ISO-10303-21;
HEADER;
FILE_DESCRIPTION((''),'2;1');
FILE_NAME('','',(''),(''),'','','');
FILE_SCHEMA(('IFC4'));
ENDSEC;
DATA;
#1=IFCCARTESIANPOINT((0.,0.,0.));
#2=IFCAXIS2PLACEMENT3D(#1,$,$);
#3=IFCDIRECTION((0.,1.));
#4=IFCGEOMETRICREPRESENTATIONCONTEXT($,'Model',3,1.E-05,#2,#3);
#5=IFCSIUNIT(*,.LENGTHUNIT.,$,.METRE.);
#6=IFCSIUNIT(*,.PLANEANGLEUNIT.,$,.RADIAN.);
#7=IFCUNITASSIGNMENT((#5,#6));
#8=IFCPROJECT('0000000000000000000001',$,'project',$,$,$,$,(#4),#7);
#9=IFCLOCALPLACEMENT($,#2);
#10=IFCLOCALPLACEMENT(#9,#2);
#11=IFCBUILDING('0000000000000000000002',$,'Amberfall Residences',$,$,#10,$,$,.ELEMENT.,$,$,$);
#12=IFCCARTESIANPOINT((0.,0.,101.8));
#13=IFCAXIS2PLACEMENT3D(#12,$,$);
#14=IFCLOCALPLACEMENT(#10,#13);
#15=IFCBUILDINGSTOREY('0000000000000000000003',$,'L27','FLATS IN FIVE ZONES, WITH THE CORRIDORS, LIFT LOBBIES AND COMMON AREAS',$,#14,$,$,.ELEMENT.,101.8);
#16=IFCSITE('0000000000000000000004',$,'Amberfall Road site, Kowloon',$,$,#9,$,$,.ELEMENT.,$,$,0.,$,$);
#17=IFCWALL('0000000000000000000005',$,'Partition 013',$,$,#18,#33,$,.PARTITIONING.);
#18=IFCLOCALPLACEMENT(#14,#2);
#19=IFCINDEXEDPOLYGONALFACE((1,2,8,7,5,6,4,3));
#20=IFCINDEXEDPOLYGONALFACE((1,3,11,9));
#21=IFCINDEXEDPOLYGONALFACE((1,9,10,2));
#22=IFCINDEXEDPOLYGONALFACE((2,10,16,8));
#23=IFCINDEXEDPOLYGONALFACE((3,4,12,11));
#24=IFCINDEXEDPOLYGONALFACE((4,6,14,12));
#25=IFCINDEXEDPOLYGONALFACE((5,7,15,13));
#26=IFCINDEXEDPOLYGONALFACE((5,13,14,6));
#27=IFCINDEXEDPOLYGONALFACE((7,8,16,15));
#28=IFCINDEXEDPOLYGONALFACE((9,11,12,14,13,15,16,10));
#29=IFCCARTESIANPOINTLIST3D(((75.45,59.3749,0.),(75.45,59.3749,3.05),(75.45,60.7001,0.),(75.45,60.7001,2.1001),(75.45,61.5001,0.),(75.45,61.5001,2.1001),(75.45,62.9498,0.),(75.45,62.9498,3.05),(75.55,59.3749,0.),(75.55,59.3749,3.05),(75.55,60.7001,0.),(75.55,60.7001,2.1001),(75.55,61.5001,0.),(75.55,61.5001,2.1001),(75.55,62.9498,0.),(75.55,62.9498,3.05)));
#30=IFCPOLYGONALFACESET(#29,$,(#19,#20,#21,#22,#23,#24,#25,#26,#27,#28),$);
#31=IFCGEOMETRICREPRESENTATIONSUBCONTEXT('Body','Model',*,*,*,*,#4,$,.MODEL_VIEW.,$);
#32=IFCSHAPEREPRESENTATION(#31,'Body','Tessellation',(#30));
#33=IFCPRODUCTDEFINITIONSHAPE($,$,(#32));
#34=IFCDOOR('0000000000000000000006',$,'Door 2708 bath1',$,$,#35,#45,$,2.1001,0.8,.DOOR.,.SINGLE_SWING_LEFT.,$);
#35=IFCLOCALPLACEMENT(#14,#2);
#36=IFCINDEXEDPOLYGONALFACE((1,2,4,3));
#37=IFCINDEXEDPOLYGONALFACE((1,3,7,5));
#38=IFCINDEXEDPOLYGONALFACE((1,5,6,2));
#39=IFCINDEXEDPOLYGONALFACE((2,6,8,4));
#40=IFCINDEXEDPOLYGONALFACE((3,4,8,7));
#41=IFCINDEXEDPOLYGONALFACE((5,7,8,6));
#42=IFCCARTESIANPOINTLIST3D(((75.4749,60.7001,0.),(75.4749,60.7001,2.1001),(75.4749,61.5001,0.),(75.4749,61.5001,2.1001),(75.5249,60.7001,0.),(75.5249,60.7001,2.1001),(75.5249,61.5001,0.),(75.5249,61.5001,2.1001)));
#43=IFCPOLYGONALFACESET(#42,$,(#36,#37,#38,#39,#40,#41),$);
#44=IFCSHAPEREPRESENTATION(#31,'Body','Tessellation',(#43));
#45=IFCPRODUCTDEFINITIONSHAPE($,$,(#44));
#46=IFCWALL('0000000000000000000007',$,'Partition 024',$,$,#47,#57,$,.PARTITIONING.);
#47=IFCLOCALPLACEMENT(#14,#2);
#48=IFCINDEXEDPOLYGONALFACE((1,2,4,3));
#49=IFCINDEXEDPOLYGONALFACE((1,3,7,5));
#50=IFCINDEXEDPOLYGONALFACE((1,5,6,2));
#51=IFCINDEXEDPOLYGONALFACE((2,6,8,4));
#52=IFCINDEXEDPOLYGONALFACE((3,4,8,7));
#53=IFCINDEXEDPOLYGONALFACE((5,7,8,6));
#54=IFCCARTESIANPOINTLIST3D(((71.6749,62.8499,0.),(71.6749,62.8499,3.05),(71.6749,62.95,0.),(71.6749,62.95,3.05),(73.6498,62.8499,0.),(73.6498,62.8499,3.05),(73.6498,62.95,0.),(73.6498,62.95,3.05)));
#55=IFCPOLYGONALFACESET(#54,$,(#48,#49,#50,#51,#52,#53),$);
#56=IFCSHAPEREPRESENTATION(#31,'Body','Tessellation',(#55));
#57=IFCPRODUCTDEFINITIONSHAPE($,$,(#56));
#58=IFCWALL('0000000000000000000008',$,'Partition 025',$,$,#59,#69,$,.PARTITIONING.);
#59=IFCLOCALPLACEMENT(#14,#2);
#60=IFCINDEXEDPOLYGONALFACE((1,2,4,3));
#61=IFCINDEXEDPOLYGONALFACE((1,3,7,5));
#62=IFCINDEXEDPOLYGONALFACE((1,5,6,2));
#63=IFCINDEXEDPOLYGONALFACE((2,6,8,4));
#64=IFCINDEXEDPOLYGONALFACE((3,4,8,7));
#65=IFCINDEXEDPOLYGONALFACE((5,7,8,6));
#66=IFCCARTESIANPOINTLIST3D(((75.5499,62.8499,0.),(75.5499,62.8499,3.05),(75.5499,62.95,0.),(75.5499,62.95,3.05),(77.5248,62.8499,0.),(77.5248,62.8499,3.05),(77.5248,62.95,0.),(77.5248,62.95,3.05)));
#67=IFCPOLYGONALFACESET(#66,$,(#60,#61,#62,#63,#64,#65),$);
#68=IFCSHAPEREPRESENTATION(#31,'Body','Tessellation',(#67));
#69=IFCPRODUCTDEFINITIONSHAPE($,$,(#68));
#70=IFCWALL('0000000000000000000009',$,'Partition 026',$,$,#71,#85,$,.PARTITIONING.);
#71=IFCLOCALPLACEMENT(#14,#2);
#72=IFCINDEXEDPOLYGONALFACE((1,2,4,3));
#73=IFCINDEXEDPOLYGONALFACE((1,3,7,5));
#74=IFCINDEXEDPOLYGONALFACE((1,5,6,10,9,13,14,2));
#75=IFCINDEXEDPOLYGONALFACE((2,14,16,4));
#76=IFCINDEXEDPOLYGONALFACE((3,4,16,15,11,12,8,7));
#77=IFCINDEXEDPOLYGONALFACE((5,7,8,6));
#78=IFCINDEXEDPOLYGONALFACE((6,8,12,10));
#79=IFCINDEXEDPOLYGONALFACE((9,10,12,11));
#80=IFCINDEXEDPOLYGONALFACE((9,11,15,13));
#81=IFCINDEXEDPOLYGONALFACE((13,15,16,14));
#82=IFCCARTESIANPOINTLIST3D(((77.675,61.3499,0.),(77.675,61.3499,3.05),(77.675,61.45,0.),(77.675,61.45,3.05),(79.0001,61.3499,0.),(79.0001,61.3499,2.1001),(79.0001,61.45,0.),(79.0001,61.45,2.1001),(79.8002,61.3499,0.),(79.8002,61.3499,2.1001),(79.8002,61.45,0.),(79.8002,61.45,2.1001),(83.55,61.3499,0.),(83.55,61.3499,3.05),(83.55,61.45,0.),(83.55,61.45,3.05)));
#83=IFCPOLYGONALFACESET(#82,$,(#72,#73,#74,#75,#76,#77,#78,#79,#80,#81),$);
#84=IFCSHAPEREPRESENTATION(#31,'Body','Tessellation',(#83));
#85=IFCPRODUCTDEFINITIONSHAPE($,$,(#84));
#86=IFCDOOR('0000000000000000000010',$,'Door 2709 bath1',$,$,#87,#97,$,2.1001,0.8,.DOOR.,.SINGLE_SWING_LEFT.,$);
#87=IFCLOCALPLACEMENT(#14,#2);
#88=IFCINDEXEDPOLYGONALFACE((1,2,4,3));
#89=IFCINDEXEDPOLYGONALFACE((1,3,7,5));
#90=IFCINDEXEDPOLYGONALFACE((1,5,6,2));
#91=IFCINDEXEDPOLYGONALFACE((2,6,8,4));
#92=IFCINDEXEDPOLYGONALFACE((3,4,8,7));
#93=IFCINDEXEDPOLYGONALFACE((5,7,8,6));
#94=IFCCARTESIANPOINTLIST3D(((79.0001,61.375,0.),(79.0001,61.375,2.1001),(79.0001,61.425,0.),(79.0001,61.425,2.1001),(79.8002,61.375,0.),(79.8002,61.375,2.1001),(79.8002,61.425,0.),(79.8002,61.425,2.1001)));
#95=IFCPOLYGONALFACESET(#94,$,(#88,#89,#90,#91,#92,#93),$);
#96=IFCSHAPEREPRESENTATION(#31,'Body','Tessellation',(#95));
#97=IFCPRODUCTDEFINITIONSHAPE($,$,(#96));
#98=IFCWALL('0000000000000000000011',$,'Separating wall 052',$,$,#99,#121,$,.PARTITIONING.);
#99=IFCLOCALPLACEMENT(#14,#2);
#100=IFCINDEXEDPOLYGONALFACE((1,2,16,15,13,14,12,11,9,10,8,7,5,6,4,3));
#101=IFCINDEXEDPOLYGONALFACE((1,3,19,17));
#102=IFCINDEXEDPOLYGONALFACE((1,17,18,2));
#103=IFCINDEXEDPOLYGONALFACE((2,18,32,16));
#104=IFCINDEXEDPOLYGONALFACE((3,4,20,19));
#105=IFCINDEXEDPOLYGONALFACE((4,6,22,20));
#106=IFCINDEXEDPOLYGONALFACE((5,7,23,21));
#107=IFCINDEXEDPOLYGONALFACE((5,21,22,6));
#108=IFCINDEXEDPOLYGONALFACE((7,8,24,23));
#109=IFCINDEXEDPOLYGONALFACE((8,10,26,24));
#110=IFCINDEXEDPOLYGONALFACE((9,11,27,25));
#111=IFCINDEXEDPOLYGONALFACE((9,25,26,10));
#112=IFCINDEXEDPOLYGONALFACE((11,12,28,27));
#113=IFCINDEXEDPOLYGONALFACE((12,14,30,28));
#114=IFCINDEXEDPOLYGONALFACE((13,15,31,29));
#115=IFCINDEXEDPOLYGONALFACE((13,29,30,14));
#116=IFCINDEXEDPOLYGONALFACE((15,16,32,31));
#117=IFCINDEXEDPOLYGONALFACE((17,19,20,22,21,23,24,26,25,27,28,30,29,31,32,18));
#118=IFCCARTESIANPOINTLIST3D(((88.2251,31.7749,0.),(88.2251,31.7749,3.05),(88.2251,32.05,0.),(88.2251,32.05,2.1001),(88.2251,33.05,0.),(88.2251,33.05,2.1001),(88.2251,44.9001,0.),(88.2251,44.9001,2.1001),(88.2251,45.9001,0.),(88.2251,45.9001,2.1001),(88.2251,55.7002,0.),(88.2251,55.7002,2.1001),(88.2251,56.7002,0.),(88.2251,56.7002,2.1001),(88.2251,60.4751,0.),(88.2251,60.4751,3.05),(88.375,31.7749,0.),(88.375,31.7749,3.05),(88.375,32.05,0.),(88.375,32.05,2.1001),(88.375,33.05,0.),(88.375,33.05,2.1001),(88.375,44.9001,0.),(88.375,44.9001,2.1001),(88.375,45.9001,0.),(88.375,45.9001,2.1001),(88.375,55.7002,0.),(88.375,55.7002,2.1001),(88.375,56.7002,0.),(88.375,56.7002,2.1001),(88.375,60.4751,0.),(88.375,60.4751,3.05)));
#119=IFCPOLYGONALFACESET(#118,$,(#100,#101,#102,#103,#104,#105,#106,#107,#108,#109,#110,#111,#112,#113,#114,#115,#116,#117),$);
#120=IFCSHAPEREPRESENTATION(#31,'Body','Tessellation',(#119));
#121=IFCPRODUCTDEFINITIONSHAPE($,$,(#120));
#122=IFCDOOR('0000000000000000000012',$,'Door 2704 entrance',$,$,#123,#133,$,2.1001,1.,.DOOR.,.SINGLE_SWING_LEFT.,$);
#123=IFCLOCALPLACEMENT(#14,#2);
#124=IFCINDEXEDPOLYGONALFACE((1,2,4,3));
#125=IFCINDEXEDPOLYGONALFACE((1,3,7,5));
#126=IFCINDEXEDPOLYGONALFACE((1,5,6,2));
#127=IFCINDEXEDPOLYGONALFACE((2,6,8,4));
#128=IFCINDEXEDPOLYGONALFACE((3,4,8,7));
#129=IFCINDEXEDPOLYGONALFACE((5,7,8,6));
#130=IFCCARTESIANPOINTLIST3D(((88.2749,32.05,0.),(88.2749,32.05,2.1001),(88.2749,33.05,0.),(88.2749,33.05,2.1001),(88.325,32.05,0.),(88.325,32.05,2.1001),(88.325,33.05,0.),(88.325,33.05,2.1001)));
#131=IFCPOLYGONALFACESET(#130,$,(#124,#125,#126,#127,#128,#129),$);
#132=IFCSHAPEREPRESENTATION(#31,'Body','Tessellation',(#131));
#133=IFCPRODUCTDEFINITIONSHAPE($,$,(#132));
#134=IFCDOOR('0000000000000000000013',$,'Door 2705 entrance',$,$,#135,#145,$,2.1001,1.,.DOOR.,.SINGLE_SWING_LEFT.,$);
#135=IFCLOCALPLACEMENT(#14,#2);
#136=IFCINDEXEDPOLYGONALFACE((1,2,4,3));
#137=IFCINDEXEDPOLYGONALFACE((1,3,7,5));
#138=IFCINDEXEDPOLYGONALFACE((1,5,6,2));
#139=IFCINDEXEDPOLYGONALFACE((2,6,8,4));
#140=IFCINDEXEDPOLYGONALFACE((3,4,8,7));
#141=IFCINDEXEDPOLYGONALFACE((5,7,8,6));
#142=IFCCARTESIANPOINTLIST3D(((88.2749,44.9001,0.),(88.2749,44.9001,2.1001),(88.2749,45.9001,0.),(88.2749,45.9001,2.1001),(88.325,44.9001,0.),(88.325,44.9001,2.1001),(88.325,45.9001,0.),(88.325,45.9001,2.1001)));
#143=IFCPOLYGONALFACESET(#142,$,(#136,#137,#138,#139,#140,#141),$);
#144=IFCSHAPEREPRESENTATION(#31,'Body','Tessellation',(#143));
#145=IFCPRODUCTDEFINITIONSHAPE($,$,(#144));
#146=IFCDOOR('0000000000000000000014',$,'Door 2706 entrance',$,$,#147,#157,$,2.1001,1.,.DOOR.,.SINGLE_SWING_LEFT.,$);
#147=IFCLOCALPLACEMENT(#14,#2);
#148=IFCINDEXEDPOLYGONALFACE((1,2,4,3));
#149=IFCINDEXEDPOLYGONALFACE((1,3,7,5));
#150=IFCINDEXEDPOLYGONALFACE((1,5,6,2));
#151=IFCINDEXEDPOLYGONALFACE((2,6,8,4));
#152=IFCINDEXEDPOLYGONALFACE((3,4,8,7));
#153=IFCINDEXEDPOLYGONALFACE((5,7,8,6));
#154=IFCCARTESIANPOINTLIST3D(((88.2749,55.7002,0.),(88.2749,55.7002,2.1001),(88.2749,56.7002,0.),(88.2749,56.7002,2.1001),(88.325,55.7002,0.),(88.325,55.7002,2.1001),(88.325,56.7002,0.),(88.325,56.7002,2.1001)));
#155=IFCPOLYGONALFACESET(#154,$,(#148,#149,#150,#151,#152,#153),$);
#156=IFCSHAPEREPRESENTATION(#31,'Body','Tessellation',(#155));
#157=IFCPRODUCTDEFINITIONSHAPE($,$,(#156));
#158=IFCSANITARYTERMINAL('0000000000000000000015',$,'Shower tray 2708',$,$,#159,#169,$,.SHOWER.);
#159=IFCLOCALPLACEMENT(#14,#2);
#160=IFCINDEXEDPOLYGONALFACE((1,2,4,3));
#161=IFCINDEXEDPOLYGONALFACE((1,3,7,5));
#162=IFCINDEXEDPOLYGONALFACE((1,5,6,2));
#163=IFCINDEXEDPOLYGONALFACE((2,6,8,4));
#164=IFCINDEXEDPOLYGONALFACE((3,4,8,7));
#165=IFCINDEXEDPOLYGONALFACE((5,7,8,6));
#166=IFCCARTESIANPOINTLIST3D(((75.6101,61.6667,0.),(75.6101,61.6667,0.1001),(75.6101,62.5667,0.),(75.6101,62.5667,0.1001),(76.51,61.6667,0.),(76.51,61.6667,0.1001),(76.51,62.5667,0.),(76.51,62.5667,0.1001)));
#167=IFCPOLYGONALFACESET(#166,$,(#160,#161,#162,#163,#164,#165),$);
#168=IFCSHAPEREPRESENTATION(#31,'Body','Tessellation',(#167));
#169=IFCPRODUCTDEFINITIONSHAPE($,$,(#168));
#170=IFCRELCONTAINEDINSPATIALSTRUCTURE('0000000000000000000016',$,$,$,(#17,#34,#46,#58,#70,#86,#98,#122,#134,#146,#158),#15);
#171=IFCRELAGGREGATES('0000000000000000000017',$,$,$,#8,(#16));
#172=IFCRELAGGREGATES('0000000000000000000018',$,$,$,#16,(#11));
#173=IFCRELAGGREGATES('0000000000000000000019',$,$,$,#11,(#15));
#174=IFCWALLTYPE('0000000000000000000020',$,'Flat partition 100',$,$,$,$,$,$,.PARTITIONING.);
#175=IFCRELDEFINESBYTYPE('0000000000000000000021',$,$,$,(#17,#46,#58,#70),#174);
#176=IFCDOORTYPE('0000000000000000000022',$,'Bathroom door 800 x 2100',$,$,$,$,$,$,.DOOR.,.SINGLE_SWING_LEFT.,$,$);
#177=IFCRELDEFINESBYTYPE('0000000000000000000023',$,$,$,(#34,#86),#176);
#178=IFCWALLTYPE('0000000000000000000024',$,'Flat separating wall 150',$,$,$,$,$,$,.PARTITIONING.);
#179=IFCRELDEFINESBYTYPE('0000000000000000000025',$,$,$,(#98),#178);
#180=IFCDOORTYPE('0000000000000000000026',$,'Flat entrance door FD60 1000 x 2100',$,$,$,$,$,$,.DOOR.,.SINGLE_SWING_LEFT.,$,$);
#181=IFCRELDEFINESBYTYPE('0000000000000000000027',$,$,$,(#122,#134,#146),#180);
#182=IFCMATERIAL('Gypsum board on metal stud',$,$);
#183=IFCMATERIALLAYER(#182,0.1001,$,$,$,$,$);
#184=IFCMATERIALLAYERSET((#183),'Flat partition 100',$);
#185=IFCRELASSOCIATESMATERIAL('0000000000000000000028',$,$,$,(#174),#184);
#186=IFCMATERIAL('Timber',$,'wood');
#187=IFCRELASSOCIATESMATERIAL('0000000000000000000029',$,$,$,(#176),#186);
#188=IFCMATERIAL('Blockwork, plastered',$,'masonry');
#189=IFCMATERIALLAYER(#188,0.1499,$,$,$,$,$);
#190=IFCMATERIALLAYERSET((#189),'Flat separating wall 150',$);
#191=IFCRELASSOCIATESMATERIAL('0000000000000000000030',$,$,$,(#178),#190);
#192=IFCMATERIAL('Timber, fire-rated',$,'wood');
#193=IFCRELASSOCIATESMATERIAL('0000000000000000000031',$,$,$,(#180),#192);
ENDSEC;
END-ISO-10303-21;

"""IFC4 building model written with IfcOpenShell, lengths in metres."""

from ifc_helpers import new_model, si_unit, direction, frame, frame_2d, origin, origin_2d, place, context, subcontext, project, spatial, rectangle, extrude, material, layer, layer_set, type_object, element, fill, save


model = new_model("IFC4")

# Units and contexts
model_context = context("Model", 3, precision=1e-05, world=origin(), true_north=direction((0.0, 1.0)))
body_context = subcontext(model_context, "Body", "Model", "MODEL_VIEW")
ifc_project = project(units=[si_unit("LENGTHUNIT", "METRE"), si_unit("PLANEANGLEUNIT", "RADIAN")], contexts=[model_context])

# Site, building, storey
site_placement = place(None, origin())
site = spatial("IfcSite", under=ifc_project, at=site_placement, Name="Amberfall Road site, Kowloon", CompositionType="ELEMENT", RefElevation=0.0)
building_placement = place(site_placement, origin())
building = spatial("IfcBuilding", under=site, at=building_placement, Name="Amberfall Residences", CompositionType="ELEMENT")
storey_placement = place(building_placement, frame((0.0, 0.0, 101.8)))
storey = spatial("IfcBuildingStorey", under=building, at=storey_placement, Name="L27", Description="FLATS IN FIVE ZONES, WITH THE CORRIDORS, LIFT LOBBIES AND COMMON AREAS", CompositionType="ELEMENT", Elevation=101.8)

# Wall, opening, door
ifc_material_1 = material(Name="Gypsum board on metal stud")
ifc_layer_1 = layer(ifc_material_1, 0.1001)
ifc_layer_set_1 = layer_set([ifc_layer_1], Name="Flat partition 100")
wall_type_1 = type_object("IfcWallType", Name="Flat partition 100", PredefinedType="PARTITIONING", material=ifc_layer_set_1)
wall_1_placement = place(storey_placement, frame((75.5, 62.95, 0.0), z_axis=(0.0, 0.0, 1.0), x_axis=(0.0, -1.0, 0.0)))
wall_1 = element("IfcWall", 1, at=wall_1_placement, inside=storey, type_object=wall_type_1, Name="Partition 013", PredefinedType="PARTITIONING", context=body_context, shape_type="SweptSolid", body=[
    extrude(rectangle(XDim=3.575, YDim=0.1001, at=frame_2d((1.7876, 0.0))), origin(), (0.0, 0.0, 1.0), 3.05),
])
opening_1_placement = place(wall_1_placement, frame((1.45, 0.0, 0.0)))
opening_1 = element("IfcOpeningElement", 2, at=opening_1_placement, cuts=wall_1, PredefinedType="OPENING", context=body_context, shape_type="SweptSolid", body=[
    extrude(rectangle(XDim=0.8, YDim=2.1001, at=frame_2d((0.3999, 1.05))), frame((0.0, 0.0601, 0.0), z_axis=(0.0, -1.0, 0.0), x_axis=(1.0, 0.0, 0.0)), (0.0, 0.0, 1.0), 0.1201),
])
ifc_material_2 = material(Name="Timber", Category="wood")
door_type_1 = type_object("IfcDoorType", Name="Bathroom door 800 x 2100", OperationType="SINGLE_SWING_LEFT", PredefinedType="DOOR", material=ifc_material_2)
door_1_placement = place(opening_1_placement, origin())
door_1 = element("IfcDoor", 3, at=door_1_placement, inside=storey, type_object=door_type_1, Name="Door 2708 bath1", OperationType="SINGLE_SWING_LEFT", OverallHeight=2.1001, OverallWidth=0.8, PredefinedType="DOOR", context=body_context, shape_type="SweptSolid", body=[
    extrude(rectangle(XDim=0.8, YDim=2.1001, at=frame_2d((0.3999, 1.05))), frame((0.0, 0.0249, 0.0), z_axis=(0.0, -1.0, 0.0), x_axis=(1.0, 0.0, 0.0)), (0.0, 0.0, 1.0), 0.05),
])
fill(opening_1, door_1)

# Walls
for number, where, z_axis, x_axis, name in (
    (4, (71.675, 62.8999, 0.0), (0.0, 0.0, 1.0), (1.0, 0.0, 0.0), "Partition 024"),
    (5, (75.55, 62.8999, 0.0), (0.0, 0.0, 1.0), (1.0, 0.0, 0.0), "Partition 025"),
):
    element("IfcWall", number, at=place(storey_placement, frame(where, z_axis=z_axis, x_axis=x_axis)), inside=storey, type_object=wall_type_1, Name=name, PredefinedType="PARTITIONING", context=body_context, shape_type="SweptSolid", body=[
        extrude(rectangle(XDim=1.9749, YDim=0.1001, at=frame_2d((0.9873, 0.0))), origin(), (0.0, 0.0, 1.0), 3.05),
    ])

# Wall, opening, door
wall_2_placement = place(storey_placement, frame((83.55, 61.3999, 0.0), z_axis=(0.0, 0.0, 1.0), x_axis=(-1.0, 0.0, 0.0)))
wall_2 = element("IfcWall", 6, at=wall_2_placement, inside=storey, type_object=wall_type_1, Name="Partition 026", PredefinedType="PARTITIONING", context=body_context, shape_type="SweptSolid", body=[
    extrude(rectangle(XDim=5.875, YDim=0.1001, at=frame_2d((2.9375, 0.0))), origin(), (0.0, 0.0, 1.0), 3.05),
])
opening_2_placement = place(wall_2_placement, frame((3.75, 0.0, 0.0)))
opening_2 = element("IfcOpeningElement", 7, at=opening_2_placement, cuts=wall_2, PredefinedType="OPENING", context=body_context, shape_type="SweptSolid", body=[
    extrude(rectangle(XDim=0.8, YDim=2.1001, at=frame_2d((0.3999, 1.05))), frame((0.0, 0.0601, 0.0), z_axis=(0.0, -1.0, 0.0), x_axis=(1.0, 0.0, 0.0)), (0.0, 0.0, 1.0), 0.1201),
])
door_2_placement = place(opening_2_placement, origin())
door_2 = element("IfcDoor", 8, at=door_2_placement, inside=storey, type_object=door_type_1, Name="Door 2709 bath1", OperationType="SINGLE_SWING_LEFT", OverallHeight=2.1001, OverallWidth=0.8, PredefinedType="DOOR", context=body_context, shape_type="SweptSolid", body=[
    extrude(rectangle(XDim=0.8, YDim=2.1001, at=frame_2d((0.3999, 1.05))), frame((0.0, 0.0249, 0.0), z_axis=(0.0, -1.0, 0.0), x_axis=(1.0, 0.0, 0.0)), (0.0, 0.0, 1.0), 0.05),
])
fill(opening_2, door_2)

# Wall, openings, doors
ifc_material_3 = material(Name="Blockwork, plastered", Category="masonry")
ifc_layer_2 = layer(ifc_material_3, 0.1499)
ifc_layer_set_2 = layer_set([ifc_layer_2], Name="Flat separating wall 150")
wall_type_2 = type_object("IfcWallType", Name="Flat separating wall 150", PredefinedType="PARTITIONING", material=ifc_layer_set_2)
wall_3_placement = place(storey_placement, frame((88.3, 60.4751, 0.0), z_axis=(0.0, 0.0, 1.0), x_axis=(0.0, -1.0, 0.0)))
wall_3 = element("IfcWall", 9, at=wall_3_placement, inside=storey, type_object=wall_type_2, Name="Separating wall 052", PredefinedType="PARTITIONING", context=body_context, shape_type="SweptSolid", body=[
    extrude(rectangle(XDim=28.7002, YDim=0.1499, at=frame_2d((14.3501, 0.0))), origin(), (0.0, 0.0, 1.0), 3.05),
])
opening_3_placement = place(wall_3_placement, frame((27.425, 0.0, 0.0)))
opening_3 = element("IfcOpeningElement", 10, at=opening_3_placement, cuts=wall_3, PredefinedType="OPENING", context=body_context, shape_type="SweptSolid", body=[
    extrude(rectangle(XDim=1.0, YDim=2.1001, at=frame_2d((0.5, 1.05))), frame((0.0, 0.085, 0.0), z_axis=(0.0, -1.0, 0.0), x_axis=(1.0, 0.0, 0.0)), (0.0, 0.0, 1.0), 0.1699),
])
opening_4_placement = place(wall_3_placement, frame((14.575, 0.0, 0.0)))
opening_4 = element("IfcOpeningElement", 11, at=opening_4_placement, cuts=wall_3, PredefinedType="OPENING", context=body_context, shape_type="SweptSolid", body=[
    extrude(rectangle(XDim=1.0, YDim=2.1001, at=frame_2d((0.5, 1.05))), frame((0.0, 0.085, 0.0), z_axis=(0.0, -1.0, 0.0), x_axis=(1.0, 0.0, 0.0)), (0.0, 0.0, 1.0), 0.1699),
])
opening_5_placement = place(wall_3_placement, frame((3.7749, 0.0, 0.0)))
opening_5 = element("IfcOpeningElement", 12, at=opening_5_placement, cuts=wall_3, PredefinedType="OPENING", context=body_context, shape_type="SweptSolid", body=[
    extrude(rectangle(XDim=1.0, YDim=2.1001, at=frame_2d((0.5, 1.05))), frame((0.0, 0.085, 0.0), z_axis=(0.0, -1.0, 0.0), x_axis=(1.0, 0.0, 0.0)), (0.0, 0.0, 1.0), 0.1699),
])
ifc_material_4 = material(Name="Timber, fire-rated", Category="wood")
door_type_2 = type_object("IfcDoorType", Name="Flat entrance door FD60 1000 x 2100", OperationType="SINGLE_SWING_LEFT", PredefinedType="DOOR", material=ifc_material_4)
door_3_placement = place(opening_3_placement, origin())
door_3 = element("IfcDoor", 13, at=door_3_placement, inside=storey, type_object=door_type_2, Name="Door 2704 entrance", OperationType="SINGLE_SWING_LEFT", OverallHeight=2.1001, OverallWidth=1.0, PredefinedType="DOOR", context=body_context, shape_type="SweptSolid", body=[
    extrude(rectangle(XDim=1.0, YDim=2.1001, at=frame_2d((0.5, 1.05))), frame((0.0, 0.0249, 0.0), z_axis=(0.0, -1.0, 0.0), x_axis=(1.0, 0.0, 0.0)), (0.0, 0.0, 1.0), 0.05),
])
fill(opening_3, door_3)
door_4_placement = place(opening_4_placement, origin())
door_4 = element("IfcDoor", 14, at=door_4_placement, inside=storey, type_object=door_type_2, Name="Door 2705 entrance", OperationType="SINGLE_SWING_LEFT", OverallHeight=2.1001, OverallWidth=1.0, PredefinedType="DOOR", context=body_context, shape_type="SweptSolid", body=[
    extrude(rectangle(XDim=1.0, YDim=2.1001, at=frame_2d((0.5, 1.05))), frame((0.0, 0.0249, 0.0), z_axis=(0.0, -1.0, 0.0), x_axis=(1.0, 0.0, 0.0)), (0.0, 0.0, 1.0), 0.05),
])
fill(opening_4, door_4)
door_5_placement = place(opening_5_placement, origin())
door_5 = element("IfcDoor", 15, at=door_5_placement, inside=storey, type_object=door_type_2, Name="Door 2706 entrance", OperationType="SINGLE_SWING_LEFT", OverallHeight=2.1001, OverallWidth=1.0, PredefinedType="DOOR", context=body_context, shape_type="SweptSolid", body=[
    extrude(rectangle(XDim=1.0, YDim=2.1001, at=frame_2d((0.5, 1.05))), frame((0.0, 0.0249, 0.0), z_axis=(0.0, -1.0, 0.0), x_axis=(1.0, 0.0, 0.0)), (0.0, 0.0, 1.0), 0.05),
])
fill(opening_5, door_5)

# Sanitary terminal
for number, where, z_axis, x_axis, name in (
    (16, (76.0601, 62.1167, 0.0), (0.0, 0.0, 1.0), (1.0, 0.0, 0.0), "Shower tray 2708"),
):
    element("IfcSanitaryTerminal", number, at=place(storey_placement, frame(where, z_axis=z_axis, x_axis=x_axis)), inside=storey, Name=name, PredefinedType="SHOWER", context=body_context, shape_type="SweptSolid", body=[
        extrude(rectangle(XDim=0.8999, YDim=0.8999, at=origin_2d()), origin(), (0.0, 0.0, 1.0), 0.1001),
    ])

save(model, "model.ifc")
